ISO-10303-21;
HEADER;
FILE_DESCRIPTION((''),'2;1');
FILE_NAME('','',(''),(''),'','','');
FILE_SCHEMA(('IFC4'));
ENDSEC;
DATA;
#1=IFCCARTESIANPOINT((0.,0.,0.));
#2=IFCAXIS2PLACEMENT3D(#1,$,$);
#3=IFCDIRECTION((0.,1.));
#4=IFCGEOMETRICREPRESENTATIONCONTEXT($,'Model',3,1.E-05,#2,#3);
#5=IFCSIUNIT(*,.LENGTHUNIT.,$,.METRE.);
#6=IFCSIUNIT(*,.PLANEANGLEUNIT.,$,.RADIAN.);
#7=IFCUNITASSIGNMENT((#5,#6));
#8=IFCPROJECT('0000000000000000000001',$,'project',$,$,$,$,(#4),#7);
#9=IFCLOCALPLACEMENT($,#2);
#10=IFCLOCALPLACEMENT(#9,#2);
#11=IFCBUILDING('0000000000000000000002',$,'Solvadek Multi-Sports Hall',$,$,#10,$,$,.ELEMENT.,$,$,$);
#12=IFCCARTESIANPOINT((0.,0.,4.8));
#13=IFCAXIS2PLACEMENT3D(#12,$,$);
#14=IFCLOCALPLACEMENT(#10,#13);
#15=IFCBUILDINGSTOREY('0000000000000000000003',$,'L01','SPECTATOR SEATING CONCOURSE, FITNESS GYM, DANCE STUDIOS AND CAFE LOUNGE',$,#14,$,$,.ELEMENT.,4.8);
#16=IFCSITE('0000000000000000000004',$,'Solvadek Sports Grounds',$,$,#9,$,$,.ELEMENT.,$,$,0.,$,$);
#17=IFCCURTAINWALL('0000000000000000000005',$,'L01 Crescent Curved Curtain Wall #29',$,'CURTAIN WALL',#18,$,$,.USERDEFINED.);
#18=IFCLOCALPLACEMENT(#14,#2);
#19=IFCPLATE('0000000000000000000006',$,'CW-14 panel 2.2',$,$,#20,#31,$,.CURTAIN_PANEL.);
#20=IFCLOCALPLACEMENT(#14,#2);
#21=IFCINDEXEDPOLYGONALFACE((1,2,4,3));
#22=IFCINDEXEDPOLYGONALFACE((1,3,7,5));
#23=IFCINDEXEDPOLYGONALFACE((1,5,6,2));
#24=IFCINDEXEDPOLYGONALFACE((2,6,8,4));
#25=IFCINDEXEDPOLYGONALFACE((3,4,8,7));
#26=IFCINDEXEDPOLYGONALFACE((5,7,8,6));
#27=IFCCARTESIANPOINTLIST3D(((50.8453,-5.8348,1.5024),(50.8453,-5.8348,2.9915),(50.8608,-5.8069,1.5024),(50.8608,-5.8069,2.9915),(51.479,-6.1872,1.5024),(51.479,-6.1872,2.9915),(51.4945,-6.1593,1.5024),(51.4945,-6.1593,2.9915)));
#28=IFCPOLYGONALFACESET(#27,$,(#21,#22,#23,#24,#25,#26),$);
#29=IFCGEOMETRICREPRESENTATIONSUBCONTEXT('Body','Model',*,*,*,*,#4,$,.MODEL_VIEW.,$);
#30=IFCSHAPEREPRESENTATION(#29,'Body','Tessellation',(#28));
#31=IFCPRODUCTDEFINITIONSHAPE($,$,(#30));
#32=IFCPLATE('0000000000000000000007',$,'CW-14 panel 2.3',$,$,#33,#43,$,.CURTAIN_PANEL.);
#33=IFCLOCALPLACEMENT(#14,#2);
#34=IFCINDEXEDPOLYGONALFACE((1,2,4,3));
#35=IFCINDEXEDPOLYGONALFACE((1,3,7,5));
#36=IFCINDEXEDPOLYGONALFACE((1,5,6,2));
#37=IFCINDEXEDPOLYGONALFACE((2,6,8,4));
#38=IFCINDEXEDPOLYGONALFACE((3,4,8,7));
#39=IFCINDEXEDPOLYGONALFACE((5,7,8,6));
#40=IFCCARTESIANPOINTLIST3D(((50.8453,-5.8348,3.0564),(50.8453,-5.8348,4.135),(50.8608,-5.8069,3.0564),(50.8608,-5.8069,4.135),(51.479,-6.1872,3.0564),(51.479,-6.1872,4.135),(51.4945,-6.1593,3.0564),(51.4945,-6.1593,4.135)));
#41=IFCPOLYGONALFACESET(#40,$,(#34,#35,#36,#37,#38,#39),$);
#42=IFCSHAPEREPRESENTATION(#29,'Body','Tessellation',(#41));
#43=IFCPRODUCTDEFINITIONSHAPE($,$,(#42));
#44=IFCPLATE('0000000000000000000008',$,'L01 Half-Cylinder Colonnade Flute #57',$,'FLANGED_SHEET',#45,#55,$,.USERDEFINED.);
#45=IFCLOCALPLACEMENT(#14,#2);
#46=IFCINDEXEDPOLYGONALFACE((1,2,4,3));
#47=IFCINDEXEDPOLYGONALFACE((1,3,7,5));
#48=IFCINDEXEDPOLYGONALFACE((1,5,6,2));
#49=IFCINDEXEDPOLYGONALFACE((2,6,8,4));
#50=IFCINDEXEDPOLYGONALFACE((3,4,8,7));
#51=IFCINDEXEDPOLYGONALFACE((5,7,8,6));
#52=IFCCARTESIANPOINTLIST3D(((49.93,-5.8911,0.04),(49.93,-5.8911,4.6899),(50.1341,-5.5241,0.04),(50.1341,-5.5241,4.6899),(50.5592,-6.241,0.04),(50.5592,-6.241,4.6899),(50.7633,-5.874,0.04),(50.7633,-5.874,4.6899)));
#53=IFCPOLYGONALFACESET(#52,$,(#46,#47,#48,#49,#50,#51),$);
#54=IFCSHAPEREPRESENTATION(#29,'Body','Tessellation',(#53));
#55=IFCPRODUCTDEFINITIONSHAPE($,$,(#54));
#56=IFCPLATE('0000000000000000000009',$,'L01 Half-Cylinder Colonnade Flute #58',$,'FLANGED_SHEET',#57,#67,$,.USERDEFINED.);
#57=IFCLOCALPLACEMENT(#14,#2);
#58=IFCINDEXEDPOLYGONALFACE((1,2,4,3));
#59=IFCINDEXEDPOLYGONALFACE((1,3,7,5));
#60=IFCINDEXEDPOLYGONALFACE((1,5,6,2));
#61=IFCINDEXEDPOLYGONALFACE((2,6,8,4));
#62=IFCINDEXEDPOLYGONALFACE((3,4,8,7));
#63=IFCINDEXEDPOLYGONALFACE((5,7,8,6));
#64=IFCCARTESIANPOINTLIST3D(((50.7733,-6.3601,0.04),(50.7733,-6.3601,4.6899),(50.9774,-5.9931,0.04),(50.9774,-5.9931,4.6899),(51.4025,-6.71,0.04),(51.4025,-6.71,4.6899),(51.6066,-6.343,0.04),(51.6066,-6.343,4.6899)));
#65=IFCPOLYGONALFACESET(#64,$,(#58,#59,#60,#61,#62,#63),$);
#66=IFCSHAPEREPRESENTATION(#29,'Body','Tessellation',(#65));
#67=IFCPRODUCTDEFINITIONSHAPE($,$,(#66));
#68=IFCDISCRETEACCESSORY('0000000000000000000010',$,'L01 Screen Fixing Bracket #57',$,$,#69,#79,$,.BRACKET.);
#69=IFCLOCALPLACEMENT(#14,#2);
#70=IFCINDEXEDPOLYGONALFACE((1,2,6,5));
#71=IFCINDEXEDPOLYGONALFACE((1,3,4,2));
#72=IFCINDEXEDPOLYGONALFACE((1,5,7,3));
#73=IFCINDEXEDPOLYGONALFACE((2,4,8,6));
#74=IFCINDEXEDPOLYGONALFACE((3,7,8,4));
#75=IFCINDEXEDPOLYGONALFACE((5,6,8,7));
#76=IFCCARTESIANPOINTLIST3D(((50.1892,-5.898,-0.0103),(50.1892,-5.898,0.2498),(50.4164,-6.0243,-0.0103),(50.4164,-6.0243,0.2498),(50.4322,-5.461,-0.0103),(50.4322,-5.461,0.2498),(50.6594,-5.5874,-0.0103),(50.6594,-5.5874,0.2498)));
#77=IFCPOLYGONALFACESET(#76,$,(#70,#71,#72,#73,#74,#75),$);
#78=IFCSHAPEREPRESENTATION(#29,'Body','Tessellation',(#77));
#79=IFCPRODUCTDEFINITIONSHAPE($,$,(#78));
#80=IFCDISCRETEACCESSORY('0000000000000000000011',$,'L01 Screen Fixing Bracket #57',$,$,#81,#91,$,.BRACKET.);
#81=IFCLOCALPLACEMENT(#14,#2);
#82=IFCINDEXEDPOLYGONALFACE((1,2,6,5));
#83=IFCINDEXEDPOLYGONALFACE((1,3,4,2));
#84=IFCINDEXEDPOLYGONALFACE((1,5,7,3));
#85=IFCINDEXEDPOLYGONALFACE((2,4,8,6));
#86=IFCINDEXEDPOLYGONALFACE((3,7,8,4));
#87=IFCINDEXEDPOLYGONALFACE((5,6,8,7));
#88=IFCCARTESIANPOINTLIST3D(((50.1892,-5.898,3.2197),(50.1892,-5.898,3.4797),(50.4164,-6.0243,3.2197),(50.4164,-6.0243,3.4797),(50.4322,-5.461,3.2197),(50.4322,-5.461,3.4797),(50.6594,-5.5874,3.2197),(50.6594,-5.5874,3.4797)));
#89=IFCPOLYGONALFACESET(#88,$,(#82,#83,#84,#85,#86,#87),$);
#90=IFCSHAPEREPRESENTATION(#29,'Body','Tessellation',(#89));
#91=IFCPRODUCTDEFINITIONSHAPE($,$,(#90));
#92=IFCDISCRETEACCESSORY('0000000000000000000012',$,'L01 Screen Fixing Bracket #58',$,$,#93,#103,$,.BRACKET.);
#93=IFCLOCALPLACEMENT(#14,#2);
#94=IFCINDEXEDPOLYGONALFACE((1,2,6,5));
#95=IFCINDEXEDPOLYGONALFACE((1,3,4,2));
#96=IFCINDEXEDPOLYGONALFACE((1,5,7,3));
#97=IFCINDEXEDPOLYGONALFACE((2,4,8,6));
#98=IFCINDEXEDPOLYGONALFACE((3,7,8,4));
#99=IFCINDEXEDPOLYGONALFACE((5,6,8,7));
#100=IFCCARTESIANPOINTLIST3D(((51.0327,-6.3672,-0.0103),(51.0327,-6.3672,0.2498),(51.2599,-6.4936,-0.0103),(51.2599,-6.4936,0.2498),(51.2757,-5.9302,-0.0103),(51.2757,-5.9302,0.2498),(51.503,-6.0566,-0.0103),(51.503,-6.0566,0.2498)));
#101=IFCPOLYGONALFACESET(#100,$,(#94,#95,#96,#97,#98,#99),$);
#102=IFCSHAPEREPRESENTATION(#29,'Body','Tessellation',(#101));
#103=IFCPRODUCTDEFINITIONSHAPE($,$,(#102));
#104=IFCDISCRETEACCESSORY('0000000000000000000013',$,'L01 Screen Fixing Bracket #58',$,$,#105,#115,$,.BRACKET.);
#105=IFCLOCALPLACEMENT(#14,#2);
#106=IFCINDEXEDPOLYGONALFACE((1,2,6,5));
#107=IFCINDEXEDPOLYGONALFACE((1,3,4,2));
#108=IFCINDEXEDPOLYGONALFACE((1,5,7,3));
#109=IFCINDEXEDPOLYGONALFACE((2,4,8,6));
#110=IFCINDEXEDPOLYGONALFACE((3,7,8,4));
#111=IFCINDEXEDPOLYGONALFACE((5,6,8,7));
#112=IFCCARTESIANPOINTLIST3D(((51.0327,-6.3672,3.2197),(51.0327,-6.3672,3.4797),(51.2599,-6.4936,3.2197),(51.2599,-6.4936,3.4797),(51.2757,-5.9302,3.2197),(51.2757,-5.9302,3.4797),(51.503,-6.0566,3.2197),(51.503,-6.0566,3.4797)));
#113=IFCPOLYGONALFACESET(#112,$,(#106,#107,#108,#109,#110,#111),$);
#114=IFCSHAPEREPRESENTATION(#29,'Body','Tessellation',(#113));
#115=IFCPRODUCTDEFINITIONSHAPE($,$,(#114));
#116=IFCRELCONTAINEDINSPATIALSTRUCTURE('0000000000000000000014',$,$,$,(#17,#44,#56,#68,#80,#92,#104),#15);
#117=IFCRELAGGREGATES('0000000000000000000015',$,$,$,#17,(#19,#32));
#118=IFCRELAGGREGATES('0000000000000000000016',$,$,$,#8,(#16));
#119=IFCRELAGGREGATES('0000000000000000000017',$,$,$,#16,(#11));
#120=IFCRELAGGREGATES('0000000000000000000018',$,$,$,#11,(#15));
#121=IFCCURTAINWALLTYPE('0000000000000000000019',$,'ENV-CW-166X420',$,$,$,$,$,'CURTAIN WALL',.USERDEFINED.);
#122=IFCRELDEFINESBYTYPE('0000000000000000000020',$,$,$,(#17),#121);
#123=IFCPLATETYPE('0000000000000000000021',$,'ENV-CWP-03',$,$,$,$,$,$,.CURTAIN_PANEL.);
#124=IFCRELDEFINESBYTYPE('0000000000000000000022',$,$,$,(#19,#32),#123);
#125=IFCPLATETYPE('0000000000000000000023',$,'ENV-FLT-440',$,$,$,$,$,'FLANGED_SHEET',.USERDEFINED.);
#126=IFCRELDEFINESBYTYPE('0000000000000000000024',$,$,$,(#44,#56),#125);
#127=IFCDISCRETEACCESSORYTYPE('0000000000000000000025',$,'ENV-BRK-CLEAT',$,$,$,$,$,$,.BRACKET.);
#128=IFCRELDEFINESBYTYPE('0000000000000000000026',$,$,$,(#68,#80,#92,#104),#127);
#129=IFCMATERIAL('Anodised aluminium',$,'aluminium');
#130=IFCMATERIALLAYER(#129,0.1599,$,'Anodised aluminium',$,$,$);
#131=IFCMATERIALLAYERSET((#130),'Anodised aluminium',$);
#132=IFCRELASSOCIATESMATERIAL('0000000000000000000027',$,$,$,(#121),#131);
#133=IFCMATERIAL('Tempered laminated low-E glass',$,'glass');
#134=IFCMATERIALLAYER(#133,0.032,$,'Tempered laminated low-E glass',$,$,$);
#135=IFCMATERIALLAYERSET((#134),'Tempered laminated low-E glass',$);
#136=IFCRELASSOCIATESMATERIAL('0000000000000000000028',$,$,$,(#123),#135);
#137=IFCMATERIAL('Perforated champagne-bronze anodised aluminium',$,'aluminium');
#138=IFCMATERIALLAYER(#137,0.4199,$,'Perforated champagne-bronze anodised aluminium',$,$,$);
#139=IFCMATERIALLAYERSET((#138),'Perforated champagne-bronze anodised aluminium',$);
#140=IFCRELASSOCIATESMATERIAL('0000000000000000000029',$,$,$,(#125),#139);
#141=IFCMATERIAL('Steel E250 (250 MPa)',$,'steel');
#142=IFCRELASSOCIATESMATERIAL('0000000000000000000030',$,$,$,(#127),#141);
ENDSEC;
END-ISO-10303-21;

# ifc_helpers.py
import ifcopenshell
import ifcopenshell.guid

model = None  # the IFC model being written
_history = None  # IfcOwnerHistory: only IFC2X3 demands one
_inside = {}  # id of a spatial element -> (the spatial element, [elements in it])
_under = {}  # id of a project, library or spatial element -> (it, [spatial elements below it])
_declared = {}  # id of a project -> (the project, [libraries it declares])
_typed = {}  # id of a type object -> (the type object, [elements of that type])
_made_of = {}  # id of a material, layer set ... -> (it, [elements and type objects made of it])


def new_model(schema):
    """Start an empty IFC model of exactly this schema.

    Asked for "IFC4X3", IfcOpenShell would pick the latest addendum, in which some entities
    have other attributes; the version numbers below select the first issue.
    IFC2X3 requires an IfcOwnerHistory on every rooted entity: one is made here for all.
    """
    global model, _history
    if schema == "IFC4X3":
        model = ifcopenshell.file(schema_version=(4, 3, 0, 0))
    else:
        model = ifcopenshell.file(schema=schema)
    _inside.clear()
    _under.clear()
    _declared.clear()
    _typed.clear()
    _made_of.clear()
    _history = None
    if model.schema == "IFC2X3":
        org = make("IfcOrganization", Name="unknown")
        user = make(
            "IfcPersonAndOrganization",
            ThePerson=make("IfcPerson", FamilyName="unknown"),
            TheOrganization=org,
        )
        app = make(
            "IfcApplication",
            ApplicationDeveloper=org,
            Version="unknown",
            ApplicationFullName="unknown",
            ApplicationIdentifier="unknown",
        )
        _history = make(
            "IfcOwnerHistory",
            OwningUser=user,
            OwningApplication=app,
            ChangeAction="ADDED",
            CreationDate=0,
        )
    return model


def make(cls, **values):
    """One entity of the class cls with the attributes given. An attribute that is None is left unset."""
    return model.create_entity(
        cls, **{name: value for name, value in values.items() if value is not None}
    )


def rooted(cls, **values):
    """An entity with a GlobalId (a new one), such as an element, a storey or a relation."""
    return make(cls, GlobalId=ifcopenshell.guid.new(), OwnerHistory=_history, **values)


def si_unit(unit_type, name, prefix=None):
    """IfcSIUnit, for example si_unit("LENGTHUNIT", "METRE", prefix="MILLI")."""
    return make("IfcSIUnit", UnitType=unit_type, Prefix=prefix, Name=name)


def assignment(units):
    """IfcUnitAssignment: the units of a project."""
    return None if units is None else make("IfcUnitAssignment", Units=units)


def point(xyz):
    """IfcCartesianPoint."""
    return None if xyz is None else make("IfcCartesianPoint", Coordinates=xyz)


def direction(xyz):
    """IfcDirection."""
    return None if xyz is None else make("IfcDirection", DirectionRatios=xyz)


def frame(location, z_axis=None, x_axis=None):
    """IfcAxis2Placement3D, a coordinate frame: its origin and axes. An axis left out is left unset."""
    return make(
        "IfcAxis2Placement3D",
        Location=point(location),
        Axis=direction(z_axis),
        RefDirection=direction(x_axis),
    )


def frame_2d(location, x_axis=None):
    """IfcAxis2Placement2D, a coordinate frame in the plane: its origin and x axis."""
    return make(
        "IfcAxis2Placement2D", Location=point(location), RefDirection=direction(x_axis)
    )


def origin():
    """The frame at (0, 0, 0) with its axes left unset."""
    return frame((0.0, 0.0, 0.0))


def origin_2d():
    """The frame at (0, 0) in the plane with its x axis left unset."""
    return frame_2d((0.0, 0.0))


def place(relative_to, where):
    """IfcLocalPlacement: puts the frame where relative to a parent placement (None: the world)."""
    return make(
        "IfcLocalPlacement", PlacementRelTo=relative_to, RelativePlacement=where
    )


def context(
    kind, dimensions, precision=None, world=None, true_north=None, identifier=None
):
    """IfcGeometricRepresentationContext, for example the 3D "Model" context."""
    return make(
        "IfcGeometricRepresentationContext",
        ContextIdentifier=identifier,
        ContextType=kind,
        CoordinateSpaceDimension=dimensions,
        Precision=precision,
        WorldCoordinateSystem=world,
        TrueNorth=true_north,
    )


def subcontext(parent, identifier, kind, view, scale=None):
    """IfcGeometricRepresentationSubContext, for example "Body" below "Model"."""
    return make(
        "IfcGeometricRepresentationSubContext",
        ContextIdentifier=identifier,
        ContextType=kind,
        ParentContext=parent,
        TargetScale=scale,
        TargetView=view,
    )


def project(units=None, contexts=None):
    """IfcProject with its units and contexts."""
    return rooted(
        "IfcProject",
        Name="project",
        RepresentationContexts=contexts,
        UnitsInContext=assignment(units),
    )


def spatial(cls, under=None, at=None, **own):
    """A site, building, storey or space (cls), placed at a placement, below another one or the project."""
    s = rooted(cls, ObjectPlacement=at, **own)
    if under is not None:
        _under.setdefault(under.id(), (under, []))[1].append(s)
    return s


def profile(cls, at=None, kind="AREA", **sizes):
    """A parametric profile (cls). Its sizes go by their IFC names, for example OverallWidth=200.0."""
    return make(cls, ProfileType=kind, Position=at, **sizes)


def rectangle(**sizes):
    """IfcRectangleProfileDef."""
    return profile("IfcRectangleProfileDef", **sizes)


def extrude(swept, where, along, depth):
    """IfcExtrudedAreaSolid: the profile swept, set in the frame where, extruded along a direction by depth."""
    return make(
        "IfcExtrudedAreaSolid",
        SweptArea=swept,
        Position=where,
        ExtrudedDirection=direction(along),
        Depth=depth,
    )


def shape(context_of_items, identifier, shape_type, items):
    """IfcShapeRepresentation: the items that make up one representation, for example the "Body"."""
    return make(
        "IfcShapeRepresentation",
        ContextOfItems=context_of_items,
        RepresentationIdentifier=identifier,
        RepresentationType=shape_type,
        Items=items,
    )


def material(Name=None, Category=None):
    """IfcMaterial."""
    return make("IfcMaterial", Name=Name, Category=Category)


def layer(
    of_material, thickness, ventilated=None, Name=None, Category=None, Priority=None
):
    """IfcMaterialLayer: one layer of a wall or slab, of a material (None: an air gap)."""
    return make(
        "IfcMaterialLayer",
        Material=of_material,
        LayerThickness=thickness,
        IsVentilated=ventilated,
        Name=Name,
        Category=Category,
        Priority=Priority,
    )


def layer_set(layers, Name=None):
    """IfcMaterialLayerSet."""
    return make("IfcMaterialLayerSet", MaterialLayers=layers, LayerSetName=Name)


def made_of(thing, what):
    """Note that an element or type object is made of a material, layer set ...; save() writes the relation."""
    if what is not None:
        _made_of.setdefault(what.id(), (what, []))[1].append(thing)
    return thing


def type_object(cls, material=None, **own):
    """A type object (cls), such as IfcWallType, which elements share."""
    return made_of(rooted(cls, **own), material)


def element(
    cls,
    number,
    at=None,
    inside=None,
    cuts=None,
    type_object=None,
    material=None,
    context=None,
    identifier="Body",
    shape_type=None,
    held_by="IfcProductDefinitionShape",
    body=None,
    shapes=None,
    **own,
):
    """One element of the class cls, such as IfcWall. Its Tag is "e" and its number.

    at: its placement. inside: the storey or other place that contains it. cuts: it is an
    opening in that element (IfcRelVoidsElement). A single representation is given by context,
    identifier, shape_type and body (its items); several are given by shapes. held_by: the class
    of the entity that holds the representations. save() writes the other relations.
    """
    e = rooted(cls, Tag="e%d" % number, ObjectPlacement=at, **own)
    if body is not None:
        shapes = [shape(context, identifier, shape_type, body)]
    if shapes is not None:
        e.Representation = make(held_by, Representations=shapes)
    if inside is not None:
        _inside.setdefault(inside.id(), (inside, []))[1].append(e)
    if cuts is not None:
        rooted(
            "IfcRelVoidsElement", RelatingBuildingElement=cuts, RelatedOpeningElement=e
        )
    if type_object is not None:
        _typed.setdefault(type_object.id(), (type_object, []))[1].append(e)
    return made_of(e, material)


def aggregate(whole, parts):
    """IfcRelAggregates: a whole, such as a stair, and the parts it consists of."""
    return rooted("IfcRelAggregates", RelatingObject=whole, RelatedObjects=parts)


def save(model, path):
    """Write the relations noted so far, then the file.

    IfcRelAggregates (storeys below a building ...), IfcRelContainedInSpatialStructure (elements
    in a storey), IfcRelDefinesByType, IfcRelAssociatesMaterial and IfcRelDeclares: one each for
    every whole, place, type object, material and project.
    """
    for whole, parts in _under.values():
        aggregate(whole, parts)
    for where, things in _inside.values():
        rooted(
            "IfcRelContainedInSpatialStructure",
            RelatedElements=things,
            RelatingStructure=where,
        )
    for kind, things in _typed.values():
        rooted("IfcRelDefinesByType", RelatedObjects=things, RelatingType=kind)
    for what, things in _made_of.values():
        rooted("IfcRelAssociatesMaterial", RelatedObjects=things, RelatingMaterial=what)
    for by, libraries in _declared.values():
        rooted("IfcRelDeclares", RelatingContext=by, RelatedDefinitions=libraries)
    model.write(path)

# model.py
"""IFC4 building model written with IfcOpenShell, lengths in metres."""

from ifc_helpers import new_model, si_unit, direction, frame, origin, origin_2d, place, context, subcontext, project, spatial, rectangle, extrude, material, layer, layer_set, type_object, element, aggregate, save


model = new_model("IFC4")

# Units and contexts
model_context = context("Model", 3, precision=1e-05, world=origin(), true_north=direction((0.0, 1.0)))
body_context = subcontext(model_context, "Body", "Model", "MODEL_VIEW")
ifc_project = project(units=[si_unit("LENGTHUNIT", "METRE"), si_unit("PLANEANGLEUNIT", "RADIAN")], contexts=[model_context])

# Site, building, storey
site_placement = place(None, origin())
site = spatial("IfcSite", under=ifc_project, at=site_placement, Name="Solvadek Sports Grounds", CompositionType="ELEMENT", RefElevation=0.0)
building_placement = place(site_placement, origin())
building = spatial("IfcBuilding", under=site, at=building_placement, Name="Solvadek Multi-Sports Hall", CompositionType="ELEMENT")
storey_placement = place(building_placement, frame((0.0, 0.0, 4.8)))
storey = spatial("IfcBuildingStorey", under=building, at=storey_placement, Name="L01", Description="SPECTATOR SEATING CONCOURSE, FITNESS GYM, DANCE STUDIOS AND CAFE LOUNGE", CompositionType="ELEMENT", Elevation=4.8)

# Shared definitions
ifc_material_1 = material(Name="Anodised aluminium", Category="aluminium")

# Curtain wall
ifc_layer_1 = layer(ifc_material_1, 0.1599, Name="Anodised aluminium")
ifc_layer_set_1 = layer_set([ifc_layer_1], Name="Anodised aluminium")
curtain_wall_type_1 = type_object("IfcCurtainWallType", Name="ENV-CW-166X420", ElementType="CURTAIN WALL", PredefinedType="USERDEFINED", material=ifc_layer_set_1)
curtain_wall_1_placement = place(storey_placement, origin())
curtain_wall_1 = element("IfcCurtainWall", 1, at=curtain_wall_1_placement, inside=storey, type_object=curtain_wall_type_1, Name="L01 Crescent Curved Curtain Wall #29", ObjectType="CURTAIN WALL", PredefinedType="USERDEFINED")

# Shared definitions
ifc_material_2 = material(Name="Steel E250 (250 MPa)", Category="steel")

# Plates
ifc_material_3 = material(Name="Tempered laminated low-E glass", Category="glass")
ifc_layer_2 = layer(ifc_material_3, 0.032, Name="Tempered laminated low-E glass")
ifc_layer_set_2 = layer_set([ifc_layer_2], Name="Tempered laminated low-E glass")
plate_type_1 = type_object("IfcPlateType", Name="ENV-CWP-03", PredefinedType="CURTAIN_PANEL", material=ifc_layer_set_2)
plate_1_placement = place(storey_placement, frame((51.1699, -5.9971, 1.5024), z_axis=(0.0, 0.0, 1.0), x_axis=(0.873955, -0.486006, 0.0)))
plate_1 = element("IfcPlate", 2, at=plate_1_placement, type_object=plate_type_1, Name="CW-14 panel 2.2", PredefinedType="CURTAIN_PANEL", context=body_context, shape_type="SweptSolid", body=[
    extrude(rectangle(XDim=0.7251, YDim=0.032, at=origin_2d()), origin(), (0.0, 0.0, 1.0), 1.489),
])
plate_2_placement = place(storey_placement, frame((51.1699, -5.9971, 3.0564), z_axis=(0.0, 0.0, 1.0), x_axis=(0.873955, -0.486006, 0.0)))
plate_2 = element("IfcPlate", 3, at=plate_2_placement, type_object=plate_type_1, Name="CW-14 panel 2.3", PredefinedType="CURTAIN_PANEL", context=body_context, shape_type="SweptSolid", body=[
    extrude(rectangle(XDim=0.7251, YDim=0.032, at=origin_2d()), origin(), (0.0, 0.0, 1.0), 1.0786),
])
aggregate(curtain_wall_1, [plate_1, plate_2])

# Plates
ifc_material_4 = material(Name="Perforated champagne-bronze anodised aluminium", Category="aluminium")
ifc_layer_3 = layer(ifc_material_4, 0.4199, Name="Perforated champagne-bronze anodised aluminium")
ifc_layer_set_3 = layer_set([ifc_layer_3], Name="Perforated champagne-bronze anodised aluminium")
plate_type_2 = type_object("IfcPlateType", Name="ENV-FLT-440", ElementType="FLANGED_SHEET", PredefinedType="USERDEFINED", material=ifc_layer_set_3)
for number, where, z_axis, x_axis, name in (
    (4, (50.3467, -5.8826, 0.04), (0.0, 0.0, 1.0), (0.87393, -0.486052, 0.0), "L01 Half-Cylinder Colonnade Flute #57"),
    (5, (51.1899, -6.3516, 0.04), (0.0, 0.0, 1.0), (0.87393, -0.486052, 0.0), "L01 Half-Cylinder Colonnade Flute #58"),
):
    element("IfcPlate", number, at=place(storey_placement, frame(where, z_axis=z_axis, x_axis=x_axis)), inside=storey, type_object=plate_type_2, Name=name, ObjectType="FLANGED_SHEET", PredefinedType="USERDEFINED", context=body_context, shape_type="SweptSolid", body=[
        extrude(rectangle(XDim=0.72, YDim=0.4199, at=origin_2d()), origin(), (0.0, 0.0, 1.0), 4.6499),
    ])

# Discrete accessories
discrete_accessory_type = type_object("IfcDiscreteAccessoryType", Name="ENV-BRK-CLEAT", PredefinedType="BRACKET", material=ifc_material_2)
for number, where, z_axis, x_axis, name in (
    (6, (50.4243, -5.7427, -0.0103), (0.0, 0.0, 1.0), (0.87393, -0.486052, 0.0), "L01 Screen Fixing Bracket #57"),
    (7, (50.4243, -5.7427, 3.2197), (0.0, 0.0, 1.0), (0.87393, -0.486052, 0.0), "L01 Screen Fixing Bracket #57"),
    (8, (51.2678, -6.2119, -0.0103), (0.0, 0.0, 1.0), (0.87393, -0.486052, 0.0), "L01 Screen Fixing Bracket #58"),
    (9, (51.2678, -6.2119, 3.2197), (0.0, 0.0, 1.0), (0.87393, -0.486052, 0.0), "L01 Screen Fixing Bracket #58"),
):
    element("IfcDiscreteAccessory", number, at=place(storey_placement, frame(where, z_axis=z_axis, x_axis=x_axis)), inside=storey, type_object=discrete_accessory_type, Name=name, PredefinedType="BRACKET", context=body_context, shape_type="SweptSolid", body=[
        extrude(rectangle(XDim=0.26, YDim=0.5, at=origin_2d()), origin(), (0.0, 0.0, 1.0), 0.26),
    ])

save(model, "model.ifc")
